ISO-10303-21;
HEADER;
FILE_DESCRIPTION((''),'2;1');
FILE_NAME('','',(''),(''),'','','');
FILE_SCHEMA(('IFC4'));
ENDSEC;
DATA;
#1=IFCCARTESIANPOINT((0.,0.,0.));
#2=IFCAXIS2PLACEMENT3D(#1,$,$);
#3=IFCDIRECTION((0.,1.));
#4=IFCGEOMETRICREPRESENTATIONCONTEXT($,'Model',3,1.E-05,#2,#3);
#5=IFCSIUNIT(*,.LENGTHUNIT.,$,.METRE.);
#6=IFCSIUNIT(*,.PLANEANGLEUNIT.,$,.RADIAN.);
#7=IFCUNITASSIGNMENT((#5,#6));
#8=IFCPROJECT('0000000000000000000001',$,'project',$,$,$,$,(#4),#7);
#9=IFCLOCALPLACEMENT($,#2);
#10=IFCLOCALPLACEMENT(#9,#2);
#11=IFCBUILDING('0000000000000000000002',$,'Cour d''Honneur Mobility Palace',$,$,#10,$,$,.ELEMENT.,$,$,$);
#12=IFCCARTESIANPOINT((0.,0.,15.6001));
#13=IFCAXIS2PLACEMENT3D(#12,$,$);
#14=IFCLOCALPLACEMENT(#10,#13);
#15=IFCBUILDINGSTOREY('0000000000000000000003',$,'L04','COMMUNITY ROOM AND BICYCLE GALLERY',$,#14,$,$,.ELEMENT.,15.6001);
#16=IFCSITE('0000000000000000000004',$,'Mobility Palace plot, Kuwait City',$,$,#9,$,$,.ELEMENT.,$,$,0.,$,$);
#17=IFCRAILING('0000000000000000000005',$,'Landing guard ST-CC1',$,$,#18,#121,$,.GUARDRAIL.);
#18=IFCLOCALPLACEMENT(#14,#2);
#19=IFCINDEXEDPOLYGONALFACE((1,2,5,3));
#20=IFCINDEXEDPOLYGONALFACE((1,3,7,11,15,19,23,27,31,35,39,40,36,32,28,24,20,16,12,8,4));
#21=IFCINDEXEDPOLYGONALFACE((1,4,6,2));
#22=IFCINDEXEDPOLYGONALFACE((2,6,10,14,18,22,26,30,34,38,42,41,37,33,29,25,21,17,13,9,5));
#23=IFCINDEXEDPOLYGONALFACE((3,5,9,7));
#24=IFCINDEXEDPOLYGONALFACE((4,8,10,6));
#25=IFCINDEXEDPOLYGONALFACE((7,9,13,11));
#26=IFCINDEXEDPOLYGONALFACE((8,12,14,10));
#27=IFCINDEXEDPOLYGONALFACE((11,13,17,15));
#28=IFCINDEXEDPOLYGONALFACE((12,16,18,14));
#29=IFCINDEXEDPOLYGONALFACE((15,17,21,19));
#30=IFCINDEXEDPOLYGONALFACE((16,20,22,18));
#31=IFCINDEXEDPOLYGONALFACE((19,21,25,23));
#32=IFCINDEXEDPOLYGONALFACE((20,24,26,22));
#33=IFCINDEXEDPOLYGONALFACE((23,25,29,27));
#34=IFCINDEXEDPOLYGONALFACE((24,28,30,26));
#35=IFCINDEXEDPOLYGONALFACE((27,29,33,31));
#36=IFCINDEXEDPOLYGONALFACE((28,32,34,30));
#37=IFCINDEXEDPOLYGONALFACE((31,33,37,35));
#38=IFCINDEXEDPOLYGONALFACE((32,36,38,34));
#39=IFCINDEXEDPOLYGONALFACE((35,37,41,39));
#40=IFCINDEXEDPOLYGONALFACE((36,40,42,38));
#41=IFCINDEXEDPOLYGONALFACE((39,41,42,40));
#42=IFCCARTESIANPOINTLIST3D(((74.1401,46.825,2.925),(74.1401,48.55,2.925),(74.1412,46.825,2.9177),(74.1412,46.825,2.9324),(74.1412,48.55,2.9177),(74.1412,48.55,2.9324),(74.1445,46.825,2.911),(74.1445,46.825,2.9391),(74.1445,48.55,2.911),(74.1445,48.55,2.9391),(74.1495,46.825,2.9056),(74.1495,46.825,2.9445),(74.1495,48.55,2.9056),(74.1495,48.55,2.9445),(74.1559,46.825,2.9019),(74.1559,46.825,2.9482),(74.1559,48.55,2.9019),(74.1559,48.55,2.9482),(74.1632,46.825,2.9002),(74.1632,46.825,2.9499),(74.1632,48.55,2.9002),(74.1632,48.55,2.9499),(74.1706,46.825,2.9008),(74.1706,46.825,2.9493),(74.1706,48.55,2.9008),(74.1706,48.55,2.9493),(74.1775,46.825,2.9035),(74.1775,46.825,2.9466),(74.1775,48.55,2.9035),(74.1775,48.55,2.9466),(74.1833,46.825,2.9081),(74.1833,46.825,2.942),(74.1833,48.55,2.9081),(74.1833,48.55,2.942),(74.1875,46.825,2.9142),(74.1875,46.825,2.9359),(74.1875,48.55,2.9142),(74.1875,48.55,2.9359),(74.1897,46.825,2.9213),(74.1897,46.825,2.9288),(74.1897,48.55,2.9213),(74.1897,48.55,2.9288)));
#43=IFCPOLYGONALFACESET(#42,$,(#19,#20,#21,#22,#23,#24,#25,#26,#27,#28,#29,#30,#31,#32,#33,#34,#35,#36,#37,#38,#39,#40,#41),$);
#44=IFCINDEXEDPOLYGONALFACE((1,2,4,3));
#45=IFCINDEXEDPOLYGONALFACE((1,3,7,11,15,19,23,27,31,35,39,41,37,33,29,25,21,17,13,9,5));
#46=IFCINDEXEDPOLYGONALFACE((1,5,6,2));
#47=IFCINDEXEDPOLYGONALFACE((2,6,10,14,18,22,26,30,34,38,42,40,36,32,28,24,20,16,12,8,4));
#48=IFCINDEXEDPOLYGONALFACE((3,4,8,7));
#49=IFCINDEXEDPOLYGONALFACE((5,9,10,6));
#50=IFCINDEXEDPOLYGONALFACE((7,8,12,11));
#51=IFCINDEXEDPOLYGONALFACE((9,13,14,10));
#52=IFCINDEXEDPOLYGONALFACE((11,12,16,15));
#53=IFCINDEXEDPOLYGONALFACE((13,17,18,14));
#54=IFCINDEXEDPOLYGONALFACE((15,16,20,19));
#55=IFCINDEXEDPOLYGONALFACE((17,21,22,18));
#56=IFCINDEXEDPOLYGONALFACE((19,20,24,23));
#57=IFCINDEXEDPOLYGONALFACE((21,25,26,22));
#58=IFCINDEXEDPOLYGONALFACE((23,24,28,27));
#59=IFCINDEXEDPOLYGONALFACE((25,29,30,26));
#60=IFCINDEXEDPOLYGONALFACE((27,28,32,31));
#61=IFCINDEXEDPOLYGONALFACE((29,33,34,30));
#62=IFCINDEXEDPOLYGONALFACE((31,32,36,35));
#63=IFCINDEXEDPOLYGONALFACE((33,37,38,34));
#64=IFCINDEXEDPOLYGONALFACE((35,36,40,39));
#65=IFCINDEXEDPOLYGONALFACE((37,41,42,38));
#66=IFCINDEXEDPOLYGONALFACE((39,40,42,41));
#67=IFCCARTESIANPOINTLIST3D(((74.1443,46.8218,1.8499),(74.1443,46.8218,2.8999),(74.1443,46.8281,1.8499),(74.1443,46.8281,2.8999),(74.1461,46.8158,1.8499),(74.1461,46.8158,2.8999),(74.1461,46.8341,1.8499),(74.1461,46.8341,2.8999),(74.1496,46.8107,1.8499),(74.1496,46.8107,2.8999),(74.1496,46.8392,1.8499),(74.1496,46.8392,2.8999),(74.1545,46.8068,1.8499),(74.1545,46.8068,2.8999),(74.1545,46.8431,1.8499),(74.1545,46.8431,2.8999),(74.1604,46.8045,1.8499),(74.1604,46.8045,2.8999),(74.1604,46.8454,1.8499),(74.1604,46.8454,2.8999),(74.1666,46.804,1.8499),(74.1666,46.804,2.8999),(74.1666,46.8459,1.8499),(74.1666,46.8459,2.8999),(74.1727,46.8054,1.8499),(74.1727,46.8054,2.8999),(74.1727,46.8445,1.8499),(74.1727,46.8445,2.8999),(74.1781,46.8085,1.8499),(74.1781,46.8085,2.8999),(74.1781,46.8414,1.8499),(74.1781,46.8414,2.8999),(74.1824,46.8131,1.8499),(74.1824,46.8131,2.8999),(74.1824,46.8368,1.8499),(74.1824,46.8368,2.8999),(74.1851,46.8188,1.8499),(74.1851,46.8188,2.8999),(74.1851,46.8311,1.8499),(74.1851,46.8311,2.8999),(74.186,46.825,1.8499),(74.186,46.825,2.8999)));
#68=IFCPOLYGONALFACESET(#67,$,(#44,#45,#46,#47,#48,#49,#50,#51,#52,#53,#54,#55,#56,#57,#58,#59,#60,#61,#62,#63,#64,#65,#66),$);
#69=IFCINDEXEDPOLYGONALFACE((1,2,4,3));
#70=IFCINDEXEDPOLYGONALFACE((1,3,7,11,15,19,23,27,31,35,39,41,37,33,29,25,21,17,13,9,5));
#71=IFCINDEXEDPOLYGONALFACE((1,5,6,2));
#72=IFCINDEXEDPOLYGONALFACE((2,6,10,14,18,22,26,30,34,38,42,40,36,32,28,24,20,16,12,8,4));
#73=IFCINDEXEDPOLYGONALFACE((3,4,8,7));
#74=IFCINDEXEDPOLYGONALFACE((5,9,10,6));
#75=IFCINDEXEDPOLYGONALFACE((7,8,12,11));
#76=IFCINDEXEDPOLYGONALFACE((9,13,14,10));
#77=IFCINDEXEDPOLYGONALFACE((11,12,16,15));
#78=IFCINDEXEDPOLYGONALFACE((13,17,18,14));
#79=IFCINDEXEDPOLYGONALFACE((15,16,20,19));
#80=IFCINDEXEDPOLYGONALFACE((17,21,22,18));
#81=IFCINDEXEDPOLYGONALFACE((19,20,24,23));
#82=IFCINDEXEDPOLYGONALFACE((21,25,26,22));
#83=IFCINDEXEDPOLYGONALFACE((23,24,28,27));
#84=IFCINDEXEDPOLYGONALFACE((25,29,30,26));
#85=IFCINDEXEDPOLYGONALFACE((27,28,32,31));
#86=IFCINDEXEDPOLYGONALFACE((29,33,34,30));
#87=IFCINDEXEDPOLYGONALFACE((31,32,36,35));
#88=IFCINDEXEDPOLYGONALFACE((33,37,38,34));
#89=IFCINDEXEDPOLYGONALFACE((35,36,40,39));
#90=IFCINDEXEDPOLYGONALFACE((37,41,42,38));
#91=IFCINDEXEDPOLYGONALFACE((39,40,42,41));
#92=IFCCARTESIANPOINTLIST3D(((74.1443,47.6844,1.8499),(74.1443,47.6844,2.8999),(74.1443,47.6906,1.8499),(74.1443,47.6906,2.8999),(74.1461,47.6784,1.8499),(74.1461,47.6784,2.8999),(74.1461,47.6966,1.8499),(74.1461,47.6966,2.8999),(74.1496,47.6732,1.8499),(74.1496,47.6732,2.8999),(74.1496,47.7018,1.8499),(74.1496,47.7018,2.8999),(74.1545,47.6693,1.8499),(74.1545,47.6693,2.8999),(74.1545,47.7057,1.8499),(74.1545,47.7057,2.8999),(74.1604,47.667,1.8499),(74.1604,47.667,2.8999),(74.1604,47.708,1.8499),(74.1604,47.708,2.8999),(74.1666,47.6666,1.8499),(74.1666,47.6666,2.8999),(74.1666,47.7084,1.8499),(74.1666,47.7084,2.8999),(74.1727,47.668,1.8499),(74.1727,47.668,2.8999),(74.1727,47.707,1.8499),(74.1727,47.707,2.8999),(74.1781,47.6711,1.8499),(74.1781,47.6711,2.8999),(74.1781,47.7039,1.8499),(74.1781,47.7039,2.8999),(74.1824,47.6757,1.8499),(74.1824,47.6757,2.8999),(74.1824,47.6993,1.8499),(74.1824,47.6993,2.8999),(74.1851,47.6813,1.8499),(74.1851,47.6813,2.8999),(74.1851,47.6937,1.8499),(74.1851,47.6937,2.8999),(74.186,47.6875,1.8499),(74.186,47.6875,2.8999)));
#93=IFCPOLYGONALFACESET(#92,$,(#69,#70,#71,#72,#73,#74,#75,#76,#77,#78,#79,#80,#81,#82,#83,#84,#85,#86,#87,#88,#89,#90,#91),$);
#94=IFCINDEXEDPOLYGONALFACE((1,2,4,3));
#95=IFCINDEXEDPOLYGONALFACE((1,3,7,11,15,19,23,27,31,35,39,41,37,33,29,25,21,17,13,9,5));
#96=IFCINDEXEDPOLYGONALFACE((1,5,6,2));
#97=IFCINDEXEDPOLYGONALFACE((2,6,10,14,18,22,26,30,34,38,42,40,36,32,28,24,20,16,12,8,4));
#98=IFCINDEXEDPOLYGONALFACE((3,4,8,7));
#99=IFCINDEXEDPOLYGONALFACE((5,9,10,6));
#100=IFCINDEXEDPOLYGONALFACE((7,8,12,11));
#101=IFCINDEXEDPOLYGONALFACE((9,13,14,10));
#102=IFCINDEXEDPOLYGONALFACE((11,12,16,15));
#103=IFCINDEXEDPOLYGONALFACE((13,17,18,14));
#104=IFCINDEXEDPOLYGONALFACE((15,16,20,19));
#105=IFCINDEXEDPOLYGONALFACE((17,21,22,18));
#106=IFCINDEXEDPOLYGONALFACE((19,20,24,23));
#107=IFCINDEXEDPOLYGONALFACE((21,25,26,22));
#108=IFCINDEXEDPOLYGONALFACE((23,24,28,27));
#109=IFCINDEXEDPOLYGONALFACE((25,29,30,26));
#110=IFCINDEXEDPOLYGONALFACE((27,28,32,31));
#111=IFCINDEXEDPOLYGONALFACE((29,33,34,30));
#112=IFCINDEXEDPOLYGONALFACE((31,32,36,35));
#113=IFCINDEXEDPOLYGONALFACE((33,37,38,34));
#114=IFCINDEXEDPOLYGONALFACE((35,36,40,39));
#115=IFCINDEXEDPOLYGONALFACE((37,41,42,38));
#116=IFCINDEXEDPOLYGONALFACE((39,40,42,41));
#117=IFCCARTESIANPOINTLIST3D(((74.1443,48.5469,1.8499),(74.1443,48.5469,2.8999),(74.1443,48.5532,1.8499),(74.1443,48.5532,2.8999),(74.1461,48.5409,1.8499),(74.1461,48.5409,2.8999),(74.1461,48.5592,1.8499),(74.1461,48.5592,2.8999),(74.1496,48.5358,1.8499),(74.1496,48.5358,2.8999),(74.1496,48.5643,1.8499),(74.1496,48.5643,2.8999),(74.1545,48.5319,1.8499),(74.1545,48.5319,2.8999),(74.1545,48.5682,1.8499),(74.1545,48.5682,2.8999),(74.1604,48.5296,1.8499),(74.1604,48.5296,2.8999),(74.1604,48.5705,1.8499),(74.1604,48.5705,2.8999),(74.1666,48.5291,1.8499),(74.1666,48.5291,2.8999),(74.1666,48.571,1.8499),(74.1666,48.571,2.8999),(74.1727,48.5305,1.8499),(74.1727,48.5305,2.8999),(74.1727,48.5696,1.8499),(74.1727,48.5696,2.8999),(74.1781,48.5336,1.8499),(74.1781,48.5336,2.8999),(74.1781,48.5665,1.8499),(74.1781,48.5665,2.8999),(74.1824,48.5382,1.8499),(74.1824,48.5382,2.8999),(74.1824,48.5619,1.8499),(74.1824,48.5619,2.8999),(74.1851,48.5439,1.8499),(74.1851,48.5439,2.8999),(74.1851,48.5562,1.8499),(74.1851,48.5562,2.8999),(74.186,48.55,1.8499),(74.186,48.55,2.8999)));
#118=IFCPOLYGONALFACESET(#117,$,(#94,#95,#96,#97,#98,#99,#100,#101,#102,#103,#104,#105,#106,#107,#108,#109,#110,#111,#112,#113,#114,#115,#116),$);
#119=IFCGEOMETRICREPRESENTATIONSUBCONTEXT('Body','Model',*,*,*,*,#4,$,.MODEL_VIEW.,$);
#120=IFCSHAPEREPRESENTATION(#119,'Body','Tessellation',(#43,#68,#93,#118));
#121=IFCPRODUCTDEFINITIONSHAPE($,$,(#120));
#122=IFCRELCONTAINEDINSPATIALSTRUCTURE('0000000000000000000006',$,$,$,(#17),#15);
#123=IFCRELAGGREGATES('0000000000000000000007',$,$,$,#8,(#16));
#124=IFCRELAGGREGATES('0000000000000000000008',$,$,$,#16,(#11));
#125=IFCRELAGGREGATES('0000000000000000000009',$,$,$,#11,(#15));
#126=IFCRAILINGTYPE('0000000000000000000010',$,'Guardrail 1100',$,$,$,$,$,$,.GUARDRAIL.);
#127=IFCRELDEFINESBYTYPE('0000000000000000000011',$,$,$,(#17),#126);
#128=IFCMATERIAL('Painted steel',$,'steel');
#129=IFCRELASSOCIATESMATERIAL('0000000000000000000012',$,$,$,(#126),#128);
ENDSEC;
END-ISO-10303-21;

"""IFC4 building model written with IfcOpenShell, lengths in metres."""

from ifc_helpers import new_model, si_unit, direction, frame, origin, origin_2d, place, context, subcontext, project, spatial, circle, extrude, material, type_object, element, save


model = new_model("IFC4")

# Units and contexts
model_context = context("Model", 3, precision=1e-05, world=origin(), true_north=direction((0.0, 1.0)))
body_context = subcontext(model_context, "Body", "Model", "MODEL_VIEW")
ifc_project = project(units=[si_unit("LENGTHUNIT", "METRE"), si_unit("PLANEANGLEUNIT", "RADIAN")], contexts=[model_context])

# Site, building, storey
site_placement = place(None, origin())
site = spatial("IfcSite", under=ifc_project, at=site_placement, Name="Mobility Palace plot, Kuwait City", CompositionType="ELEMENT", RefElevation=0.0)
building_placement = place(site_placement, origin())
building = spatial("IfcBuilding", under=site, at=building_placement, Name="Cour d'Honneur Mobility Palace", CompositionType="ELEMENT")
storey_placement = place(building_placement, frame((0.0, 0.0, 15.6001)))
storey = spatial("IfcBuildingStorey", under=building, at=storey_placement, Name="L04", Description="COMMUNITY ROOM AND BICYCLE GALLERY", CompositionType="ELEMENT", Elevation=15.6001)

# Railing
ifc_material_1 = material(Name="Painted steel", Category="steel")
railing_type_1 = type_object("IfcRailingType", Name="Guardrail 1100", PredefinedType="GUARDRAIL", material=ifc_material_1)
for number, where, name in (
    (1, (74.165, 46.825, 1.8499), "Landing guard ST-CC1"),
):
    element("IfcRailing", number, at=place(storey_placement, frame(where)), inside=storey, type_object=railing_type_1, Name=name, PredefinedType="GUARDRAIL", context=body_context, shape_type="SweptSolid", body=[
        extrude(circle(Radius=0.0249, at=origin_2d()), frame((0.0, 0.0, 1.0752), z_axis=(0.0, 1.0, 0.0), x_axis=(-1.0, 0.0, 0.0)), (0.0, 0.0, 1.0), 1.7251),
        extrude(circle(Radius=0.021, at=origin_2d()), origin(), (0.0, 0.0, 1.0), 1.05),
        extrude(circle(Radius=0.021, at=origin_2d()), frame((0.0, 0.8625, 0.0)), (0.0, 0.0, 1.0), 1.05),
        extrude(circle(Radius=0.021, at=origin_2d()), frame((0.0, 1.7251, 0.0)), (0.0, 0.0, 1.0), 1.05),
    ])

save(model, "model.ifc")
